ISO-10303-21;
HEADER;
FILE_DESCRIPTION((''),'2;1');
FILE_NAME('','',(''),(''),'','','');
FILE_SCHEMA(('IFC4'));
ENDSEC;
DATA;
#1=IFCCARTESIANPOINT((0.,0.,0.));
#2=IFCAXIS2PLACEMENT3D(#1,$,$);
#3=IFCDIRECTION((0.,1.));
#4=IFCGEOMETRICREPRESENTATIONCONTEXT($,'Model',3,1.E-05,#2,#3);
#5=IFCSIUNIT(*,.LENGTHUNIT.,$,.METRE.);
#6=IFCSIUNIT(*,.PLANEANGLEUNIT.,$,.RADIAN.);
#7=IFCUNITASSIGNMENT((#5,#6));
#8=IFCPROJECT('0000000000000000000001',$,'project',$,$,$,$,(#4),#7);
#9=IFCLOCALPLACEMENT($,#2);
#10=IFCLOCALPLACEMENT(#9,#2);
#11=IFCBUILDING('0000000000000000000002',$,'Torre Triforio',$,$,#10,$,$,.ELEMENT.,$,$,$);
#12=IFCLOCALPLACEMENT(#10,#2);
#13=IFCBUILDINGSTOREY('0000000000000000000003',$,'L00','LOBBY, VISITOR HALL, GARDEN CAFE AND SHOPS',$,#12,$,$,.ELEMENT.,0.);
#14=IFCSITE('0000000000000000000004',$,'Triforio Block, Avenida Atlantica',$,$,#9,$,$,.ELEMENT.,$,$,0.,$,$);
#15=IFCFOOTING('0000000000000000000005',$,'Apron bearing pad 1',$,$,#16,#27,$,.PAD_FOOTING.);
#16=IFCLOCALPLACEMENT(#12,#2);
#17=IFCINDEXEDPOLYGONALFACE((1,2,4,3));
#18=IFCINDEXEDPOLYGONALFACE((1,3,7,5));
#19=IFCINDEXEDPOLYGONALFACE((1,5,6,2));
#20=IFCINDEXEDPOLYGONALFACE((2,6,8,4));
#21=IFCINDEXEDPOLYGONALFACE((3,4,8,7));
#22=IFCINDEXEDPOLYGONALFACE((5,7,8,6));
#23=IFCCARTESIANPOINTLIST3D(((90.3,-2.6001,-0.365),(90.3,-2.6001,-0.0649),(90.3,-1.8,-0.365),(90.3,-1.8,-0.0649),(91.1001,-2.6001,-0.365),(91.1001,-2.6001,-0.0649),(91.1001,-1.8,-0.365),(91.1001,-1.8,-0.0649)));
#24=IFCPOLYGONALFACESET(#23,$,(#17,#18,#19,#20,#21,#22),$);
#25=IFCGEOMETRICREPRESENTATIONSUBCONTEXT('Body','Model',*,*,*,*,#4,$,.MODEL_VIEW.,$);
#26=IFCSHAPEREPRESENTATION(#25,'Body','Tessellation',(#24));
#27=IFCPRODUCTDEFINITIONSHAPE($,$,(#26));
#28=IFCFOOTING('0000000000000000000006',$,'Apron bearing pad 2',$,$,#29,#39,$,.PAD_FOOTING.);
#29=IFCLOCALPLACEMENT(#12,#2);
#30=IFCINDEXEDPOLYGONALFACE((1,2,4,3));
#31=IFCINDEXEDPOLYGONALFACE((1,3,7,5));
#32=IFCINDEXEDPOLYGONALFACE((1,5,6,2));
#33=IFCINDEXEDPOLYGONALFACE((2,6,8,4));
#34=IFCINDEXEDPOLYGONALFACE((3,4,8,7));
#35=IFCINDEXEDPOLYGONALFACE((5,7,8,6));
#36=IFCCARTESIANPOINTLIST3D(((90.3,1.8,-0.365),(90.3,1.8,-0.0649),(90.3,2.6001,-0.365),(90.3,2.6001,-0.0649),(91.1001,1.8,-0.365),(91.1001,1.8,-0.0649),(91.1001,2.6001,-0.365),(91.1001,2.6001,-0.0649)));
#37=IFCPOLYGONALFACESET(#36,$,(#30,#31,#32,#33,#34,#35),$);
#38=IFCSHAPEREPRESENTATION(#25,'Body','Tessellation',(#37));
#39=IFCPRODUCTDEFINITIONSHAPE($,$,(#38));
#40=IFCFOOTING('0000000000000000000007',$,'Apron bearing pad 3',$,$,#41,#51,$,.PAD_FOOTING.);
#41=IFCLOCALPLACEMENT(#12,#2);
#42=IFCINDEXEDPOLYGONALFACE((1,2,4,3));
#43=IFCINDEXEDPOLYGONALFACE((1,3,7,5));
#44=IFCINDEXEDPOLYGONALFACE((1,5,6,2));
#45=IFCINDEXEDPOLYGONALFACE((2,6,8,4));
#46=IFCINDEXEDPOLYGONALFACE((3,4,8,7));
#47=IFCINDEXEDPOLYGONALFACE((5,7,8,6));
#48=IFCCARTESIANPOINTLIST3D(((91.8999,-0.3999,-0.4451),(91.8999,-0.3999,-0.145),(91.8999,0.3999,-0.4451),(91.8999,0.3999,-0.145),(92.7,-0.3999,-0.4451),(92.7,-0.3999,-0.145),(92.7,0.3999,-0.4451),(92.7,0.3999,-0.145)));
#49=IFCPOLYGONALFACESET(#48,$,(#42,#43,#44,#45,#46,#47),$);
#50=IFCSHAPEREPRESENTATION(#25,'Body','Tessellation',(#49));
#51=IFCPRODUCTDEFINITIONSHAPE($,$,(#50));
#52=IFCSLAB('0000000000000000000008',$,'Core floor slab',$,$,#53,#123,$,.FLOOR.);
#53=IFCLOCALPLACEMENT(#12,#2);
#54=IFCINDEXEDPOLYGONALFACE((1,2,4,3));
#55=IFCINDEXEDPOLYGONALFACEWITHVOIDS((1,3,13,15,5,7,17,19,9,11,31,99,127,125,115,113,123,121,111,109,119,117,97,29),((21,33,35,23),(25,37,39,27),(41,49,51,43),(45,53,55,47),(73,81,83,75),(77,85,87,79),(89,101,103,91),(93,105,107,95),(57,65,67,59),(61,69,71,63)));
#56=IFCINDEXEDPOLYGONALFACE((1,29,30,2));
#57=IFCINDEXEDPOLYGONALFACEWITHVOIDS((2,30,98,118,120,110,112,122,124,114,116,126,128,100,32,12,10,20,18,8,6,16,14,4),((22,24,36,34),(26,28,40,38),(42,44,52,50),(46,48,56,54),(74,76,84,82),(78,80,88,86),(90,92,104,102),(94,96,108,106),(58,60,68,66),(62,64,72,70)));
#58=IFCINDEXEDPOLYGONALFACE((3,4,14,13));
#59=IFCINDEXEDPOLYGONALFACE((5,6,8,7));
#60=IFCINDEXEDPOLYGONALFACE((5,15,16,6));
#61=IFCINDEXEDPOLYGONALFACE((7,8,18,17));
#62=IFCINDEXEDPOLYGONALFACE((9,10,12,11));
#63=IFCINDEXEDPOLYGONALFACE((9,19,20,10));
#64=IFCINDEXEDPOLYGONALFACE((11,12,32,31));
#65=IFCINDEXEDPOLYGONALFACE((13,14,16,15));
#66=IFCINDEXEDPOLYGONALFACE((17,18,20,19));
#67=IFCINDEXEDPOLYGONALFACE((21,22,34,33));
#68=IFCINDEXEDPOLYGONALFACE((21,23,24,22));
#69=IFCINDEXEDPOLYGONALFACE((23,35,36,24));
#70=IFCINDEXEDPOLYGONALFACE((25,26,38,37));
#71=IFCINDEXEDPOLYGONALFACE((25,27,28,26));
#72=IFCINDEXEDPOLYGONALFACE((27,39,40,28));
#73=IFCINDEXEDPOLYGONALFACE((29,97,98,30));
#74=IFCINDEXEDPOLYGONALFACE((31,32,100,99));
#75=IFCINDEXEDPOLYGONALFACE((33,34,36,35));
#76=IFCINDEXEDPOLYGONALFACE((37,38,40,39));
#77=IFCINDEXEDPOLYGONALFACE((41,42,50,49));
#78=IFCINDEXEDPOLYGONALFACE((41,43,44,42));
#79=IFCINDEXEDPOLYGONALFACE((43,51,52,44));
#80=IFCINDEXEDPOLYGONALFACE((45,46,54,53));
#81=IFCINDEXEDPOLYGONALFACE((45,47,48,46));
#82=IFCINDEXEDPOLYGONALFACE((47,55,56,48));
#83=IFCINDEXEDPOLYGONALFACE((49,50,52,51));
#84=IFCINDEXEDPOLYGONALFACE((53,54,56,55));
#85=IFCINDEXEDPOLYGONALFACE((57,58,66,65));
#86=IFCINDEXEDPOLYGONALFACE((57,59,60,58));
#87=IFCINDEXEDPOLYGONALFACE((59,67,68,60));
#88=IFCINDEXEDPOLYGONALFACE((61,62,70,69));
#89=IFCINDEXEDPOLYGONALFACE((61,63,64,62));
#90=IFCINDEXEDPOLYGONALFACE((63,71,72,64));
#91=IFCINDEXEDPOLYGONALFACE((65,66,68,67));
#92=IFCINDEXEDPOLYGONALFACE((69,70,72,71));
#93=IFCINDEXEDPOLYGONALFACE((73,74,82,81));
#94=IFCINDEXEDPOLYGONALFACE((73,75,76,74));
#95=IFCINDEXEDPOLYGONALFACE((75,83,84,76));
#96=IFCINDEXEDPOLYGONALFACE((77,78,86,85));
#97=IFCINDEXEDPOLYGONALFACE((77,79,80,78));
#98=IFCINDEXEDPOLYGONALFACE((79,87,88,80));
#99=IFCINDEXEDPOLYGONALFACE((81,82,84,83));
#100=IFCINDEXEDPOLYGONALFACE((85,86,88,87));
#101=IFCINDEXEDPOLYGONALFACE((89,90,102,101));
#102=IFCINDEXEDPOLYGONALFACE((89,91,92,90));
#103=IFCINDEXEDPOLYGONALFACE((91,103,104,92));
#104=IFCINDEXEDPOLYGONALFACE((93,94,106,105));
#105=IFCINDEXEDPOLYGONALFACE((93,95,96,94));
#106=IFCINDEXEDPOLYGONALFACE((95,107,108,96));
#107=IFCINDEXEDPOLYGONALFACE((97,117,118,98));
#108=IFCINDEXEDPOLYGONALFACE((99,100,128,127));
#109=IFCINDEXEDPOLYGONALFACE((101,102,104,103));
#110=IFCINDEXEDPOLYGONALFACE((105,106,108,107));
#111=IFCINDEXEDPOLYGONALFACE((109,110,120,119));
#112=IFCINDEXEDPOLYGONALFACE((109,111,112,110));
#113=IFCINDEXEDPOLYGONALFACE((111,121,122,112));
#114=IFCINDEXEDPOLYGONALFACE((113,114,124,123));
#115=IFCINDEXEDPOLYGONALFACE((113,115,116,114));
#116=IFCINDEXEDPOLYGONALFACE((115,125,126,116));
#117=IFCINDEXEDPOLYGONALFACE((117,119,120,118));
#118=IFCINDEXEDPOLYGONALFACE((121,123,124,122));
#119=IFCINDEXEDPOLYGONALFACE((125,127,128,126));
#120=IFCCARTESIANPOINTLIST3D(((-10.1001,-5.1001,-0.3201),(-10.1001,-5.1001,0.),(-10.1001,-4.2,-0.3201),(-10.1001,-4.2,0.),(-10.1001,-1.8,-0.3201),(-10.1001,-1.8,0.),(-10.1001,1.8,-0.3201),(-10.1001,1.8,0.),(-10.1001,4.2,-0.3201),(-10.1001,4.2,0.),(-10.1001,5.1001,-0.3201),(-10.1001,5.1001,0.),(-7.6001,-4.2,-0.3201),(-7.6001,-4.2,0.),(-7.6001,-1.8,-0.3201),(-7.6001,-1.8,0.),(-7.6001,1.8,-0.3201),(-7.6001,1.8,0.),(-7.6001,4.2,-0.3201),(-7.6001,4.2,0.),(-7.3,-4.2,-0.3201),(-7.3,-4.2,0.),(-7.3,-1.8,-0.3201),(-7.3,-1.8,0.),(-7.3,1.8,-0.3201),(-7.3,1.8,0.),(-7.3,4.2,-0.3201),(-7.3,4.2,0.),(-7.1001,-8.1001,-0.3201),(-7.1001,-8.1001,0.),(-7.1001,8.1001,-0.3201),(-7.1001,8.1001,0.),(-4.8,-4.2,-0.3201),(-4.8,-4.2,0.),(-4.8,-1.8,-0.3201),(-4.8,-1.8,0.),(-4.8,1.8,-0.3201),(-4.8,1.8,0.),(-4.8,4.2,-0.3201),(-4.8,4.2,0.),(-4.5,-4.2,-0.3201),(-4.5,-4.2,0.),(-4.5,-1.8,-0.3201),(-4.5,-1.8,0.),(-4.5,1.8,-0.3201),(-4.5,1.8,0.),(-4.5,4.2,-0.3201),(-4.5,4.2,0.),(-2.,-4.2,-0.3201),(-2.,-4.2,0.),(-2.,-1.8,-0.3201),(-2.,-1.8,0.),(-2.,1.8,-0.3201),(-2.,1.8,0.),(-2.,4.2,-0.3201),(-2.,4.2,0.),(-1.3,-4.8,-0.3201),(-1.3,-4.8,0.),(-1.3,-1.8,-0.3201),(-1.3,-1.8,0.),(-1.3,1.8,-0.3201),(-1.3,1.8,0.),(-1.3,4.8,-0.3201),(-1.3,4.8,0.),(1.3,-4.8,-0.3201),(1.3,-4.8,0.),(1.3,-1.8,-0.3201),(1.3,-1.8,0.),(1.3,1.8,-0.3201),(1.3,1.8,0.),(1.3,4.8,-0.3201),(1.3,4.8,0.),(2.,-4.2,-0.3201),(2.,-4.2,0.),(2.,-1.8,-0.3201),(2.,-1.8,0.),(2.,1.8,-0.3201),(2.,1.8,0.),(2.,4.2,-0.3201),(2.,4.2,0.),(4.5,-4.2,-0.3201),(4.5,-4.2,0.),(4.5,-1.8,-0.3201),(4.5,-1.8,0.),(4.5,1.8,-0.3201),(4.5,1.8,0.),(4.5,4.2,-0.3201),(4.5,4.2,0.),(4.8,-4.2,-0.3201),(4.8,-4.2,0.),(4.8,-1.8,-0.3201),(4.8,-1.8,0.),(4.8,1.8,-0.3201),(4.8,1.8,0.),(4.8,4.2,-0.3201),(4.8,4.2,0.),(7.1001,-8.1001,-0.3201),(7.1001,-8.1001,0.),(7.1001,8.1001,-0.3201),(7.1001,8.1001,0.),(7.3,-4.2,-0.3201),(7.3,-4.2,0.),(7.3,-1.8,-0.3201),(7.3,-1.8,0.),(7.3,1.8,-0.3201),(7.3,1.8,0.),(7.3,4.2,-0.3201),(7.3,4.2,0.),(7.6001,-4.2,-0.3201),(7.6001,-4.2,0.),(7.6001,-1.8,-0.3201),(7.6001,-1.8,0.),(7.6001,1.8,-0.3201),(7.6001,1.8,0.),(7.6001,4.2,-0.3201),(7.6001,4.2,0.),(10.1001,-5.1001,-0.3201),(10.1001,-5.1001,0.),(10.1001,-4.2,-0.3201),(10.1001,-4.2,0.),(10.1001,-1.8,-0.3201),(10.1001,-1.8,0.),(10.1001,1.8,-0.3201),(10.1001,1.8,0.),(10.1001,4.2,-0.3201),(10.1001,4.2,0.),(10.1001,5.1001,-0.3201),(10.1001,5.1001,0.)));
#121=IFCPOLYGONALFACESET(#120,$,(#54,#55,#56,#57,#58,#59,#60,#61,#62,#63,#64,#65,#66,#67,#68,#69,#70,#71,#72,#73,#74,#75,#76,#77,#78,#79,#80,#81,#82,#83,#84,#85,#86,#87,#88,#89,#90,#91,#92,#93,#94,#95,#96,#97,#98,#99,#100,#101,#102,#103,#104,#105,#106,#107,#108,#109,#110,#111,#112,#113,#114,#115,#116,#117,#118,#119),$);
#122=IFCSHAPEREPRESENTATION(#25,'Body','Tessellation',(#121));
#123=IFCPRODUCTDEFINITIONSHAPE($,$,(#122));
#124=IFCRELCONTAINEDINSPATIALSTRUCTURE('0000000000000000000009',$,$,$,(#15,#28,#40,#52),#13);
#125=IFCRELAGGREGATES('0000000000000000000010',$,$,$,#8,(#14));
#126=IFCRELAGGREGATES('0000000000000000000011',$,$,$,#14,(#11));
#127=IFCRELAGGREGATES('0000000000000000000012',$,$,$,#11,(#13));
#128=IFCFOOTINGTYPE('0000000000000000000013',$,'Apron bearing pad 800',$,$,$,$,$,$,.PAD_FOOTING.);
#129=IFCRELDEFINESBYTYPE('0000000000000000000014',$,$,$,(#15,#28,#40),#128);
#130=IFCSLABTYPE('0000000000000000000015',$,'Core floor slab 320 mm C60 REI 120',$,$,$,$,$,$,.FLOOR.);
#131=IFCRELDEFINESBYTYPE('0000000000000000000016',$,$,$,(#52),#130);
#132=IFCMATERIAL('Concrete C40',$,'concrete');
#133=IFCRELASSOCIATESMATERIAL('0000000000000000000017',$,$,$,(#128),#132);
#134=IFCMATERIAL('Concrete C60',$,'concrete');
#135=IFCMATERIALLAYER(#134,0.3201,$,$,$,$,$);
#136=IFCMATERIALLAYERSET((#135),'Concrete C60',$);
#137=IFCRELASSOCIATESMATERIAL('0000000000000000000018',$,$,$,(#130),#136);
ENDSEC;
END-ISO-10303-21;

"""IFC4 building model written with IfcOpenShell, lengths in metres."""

from ifc_helpers import new_model, si_unit, direction, frame, origin, place, context, subcontext, project, spatial, polyline, outline, extrude, material, layer, layer_set, type_object, element, save


model = new_model("IFC4")

# Units and contexts
model_context = context("Model", 3, precision=1e-05, world=origin(), true_north=direction((0.0, 1.0)))
body_context = subcontext(model_context, "Body", "Model", "MODEL_VIEW")
ifc_project = project(units=[si_unit("LENGTHUNIT", "METRE"), si_unit("PLANEANGLEUNIT", "RADIAN")], contexts=[model_context])

# Site, building, storey
site_placement = place(None, origin())
site = spatial("IfcSite", under=ifc_project, at=site_placement, Name="Triforio Block, Avenida Atlantica", CompositionType="ELEMENT", RefElevation=0.0)
building_placement = place(site_placement, origin())
building = spatial("IfcBuilding", under=site, at=building_placement, Name="Torre Triforio", CompositionType="ELEMENT")
storey_placement = place(building_placement, origin())
storey = spatial("IfcBuildingStorey", under=building, at=storey_placement, Name="L00", Description="LOBBY, VISITOR HALL, GARDEN CAFE AND SHOPS", CompositionType="ELEMENT", Elevation=0.0)

# Footings
ifc_material_1 = material(Name="Concrete C40", Category="concrete")
footing_type = type_object("IfcFootingType", Name="Apron bearing pad 800", PredefinedType="PAD_FOOTING", material=ifc_material_1)
footing_1_placement = place(storey_placement, frame((0.0, 0.0, -0.365)))
element("IfcFooting", 1, at=footing_1_placement, inside=storey, type_object=footing_type, Name="Apron bearing pad 1", PredefinedType="PAD_FOOTING", context=body_context, shape_type="SweptSolid", body=[
    extrude(outline(polyline([(90.3, -2.6001), (91.1001, -2.6001), (91.1001, -1.8), (90.3, -1.8), (90.3, -2.6001)])), origin(), (0.0, 0.0, 1.0), 0.3),
])
footing_2_placement = place(storey_placement, frame((0.0, 0.0, -0.365)))
element("IfcFooting", 2, at=footing_2_placement, inside=storey, type_object=footing_type, Name="Apron bearing pad 2", PredefinedType="PAD_FOOTING", context=body_context, shape_type="SweptSolid", body=[
    extrude(outline(polyline([(90.3, 1.8), (91.1001, 1.8), (91.1001, 2.6001), (90.3, 2.6001), (90.3, 1.8)])), origin(), (0.0, 0.0, 1.0), 0.3),
])
footing_3_placement = place(storey_placement, frame((0.0, 0.0, -0.4451)))
element("IfcFooting", 3, at=footing_3_placement, inside=storey, type_object=footing_type, Name="Apron bearing pad 3", PredefinedType="PAD_FOOTING", context=body_context, shape_type="SweptSolid", body=[
    extrude(outline(polyline([(91.8999, -0.3999), (92.7, -0.3999), (92.7, 0.3999), (91.8999, 0.3999), (91.8999, -0.3999)])), origin(), (0.0, 0.0, 1.0), 0.3),
])

# Slab
ifc_material_2 = material(Name="Concrete C60", Category="concrete")
ifc_layer_1 = layer(ifc_material_2, 0.3201)
ifc_layer_set_1 = layer_set([ifc_layer_1], Name="Concrete C60")
slab_type_1 = type_object("IfcSlabType", Name="Core floor slab 320 mm C60 REI 120", PredefinedType="FLOOR", material=ifc_layer_set_1)
slab_1_placement = place(storey_placement, frame((0.0, 0.0, -0.3201)))
element("IfcSlab", 4, at=slab_1_placement, inside=storey, type_object=slab_type_1, Name="Core floor slab", PredefinedType="FLOOR", context=body_context, shape_type="SweptSolid", body=[
    extrude(outline(polyline([(10.1001, -5.1001), (7.1001, -8.1001), (-7.1001, -8.1001), (-10.1001, -5.1001), (-10.1001, -4.2), (-7.6001, -4.2), (-7.6001, -1.8), (-10.1001, -1.8), (-10.1001, 1.8), (-7.6001, 1.8), (-7.6001, 4.2), (-10.1001, 4.2), (-10.1001, 5.1001), (-7.1001, 8.1001), (7.1001, 8.1001), (10.1001, 5.1001), (10.1001, 4.2), (7.6001, 4.2), (7.6001, 1.8), (10.1001, 1.8), (10.1001, -1.8), (7.6001, -1.8), (7.6001, -4.2), (10.1001, -4.2), (10.1001, -5.1001)]), holes=[polyline([(-4.8, -1.8), (-7.3, -1.8), (-7.3, -4.2), (-4.8, -4.2), (-4.8, -1.8)]), polyline([(-2.0, -1.8), (-4.5, -1.8), (-4.5, -4.2), (-2.0, -4.2), (-2.0, -1.8)]), polyline([(-4.8, 4.2), (-7.3, 4.2), (-7.3, 1.8), (-4.8, 1.8), (-4.8, 4.2)]), polyline([(-2.0, 4.2), (-4.5, 4.2), (-4.5, 1.8), (-2.0, 1.8), (-2.0, 4.2)]), polyline([(1.3, 4.8), (-1.3, 4.8), (-1.3, 1.8), (1.3, 1.8), (1.3, 4.8)]), polyline([(-1.3, -1.8), (-1.3, -4.8), (1.3, -4.8), (1.3, -1.8), (-1.3, -1.8)]), polyline([(4.5, -1.8), (2.0, -1.8), (2.0, -4.2), (4.5, -4.2), (4.5, -1.8)]), polyline([(7.3, -1.8), (4.8, -1.8), (4.8, -4.2), (7.3, -4.2), (7.3, -1.8)]), polyline([(4.5, 4.2), (2.0, 4.2), (2.0, 1.8), (4.5, 1.8), (4.5, 4.2)]), polyline([(7.3, 4.2), (4.8, 4.2), (4.8, 1.8), (7.3, 1.8), (7.3, 4.2)])]), origin(), (0.0, 0.0, 1.0), 0.3201),
])

save(model, "model.ifc")
